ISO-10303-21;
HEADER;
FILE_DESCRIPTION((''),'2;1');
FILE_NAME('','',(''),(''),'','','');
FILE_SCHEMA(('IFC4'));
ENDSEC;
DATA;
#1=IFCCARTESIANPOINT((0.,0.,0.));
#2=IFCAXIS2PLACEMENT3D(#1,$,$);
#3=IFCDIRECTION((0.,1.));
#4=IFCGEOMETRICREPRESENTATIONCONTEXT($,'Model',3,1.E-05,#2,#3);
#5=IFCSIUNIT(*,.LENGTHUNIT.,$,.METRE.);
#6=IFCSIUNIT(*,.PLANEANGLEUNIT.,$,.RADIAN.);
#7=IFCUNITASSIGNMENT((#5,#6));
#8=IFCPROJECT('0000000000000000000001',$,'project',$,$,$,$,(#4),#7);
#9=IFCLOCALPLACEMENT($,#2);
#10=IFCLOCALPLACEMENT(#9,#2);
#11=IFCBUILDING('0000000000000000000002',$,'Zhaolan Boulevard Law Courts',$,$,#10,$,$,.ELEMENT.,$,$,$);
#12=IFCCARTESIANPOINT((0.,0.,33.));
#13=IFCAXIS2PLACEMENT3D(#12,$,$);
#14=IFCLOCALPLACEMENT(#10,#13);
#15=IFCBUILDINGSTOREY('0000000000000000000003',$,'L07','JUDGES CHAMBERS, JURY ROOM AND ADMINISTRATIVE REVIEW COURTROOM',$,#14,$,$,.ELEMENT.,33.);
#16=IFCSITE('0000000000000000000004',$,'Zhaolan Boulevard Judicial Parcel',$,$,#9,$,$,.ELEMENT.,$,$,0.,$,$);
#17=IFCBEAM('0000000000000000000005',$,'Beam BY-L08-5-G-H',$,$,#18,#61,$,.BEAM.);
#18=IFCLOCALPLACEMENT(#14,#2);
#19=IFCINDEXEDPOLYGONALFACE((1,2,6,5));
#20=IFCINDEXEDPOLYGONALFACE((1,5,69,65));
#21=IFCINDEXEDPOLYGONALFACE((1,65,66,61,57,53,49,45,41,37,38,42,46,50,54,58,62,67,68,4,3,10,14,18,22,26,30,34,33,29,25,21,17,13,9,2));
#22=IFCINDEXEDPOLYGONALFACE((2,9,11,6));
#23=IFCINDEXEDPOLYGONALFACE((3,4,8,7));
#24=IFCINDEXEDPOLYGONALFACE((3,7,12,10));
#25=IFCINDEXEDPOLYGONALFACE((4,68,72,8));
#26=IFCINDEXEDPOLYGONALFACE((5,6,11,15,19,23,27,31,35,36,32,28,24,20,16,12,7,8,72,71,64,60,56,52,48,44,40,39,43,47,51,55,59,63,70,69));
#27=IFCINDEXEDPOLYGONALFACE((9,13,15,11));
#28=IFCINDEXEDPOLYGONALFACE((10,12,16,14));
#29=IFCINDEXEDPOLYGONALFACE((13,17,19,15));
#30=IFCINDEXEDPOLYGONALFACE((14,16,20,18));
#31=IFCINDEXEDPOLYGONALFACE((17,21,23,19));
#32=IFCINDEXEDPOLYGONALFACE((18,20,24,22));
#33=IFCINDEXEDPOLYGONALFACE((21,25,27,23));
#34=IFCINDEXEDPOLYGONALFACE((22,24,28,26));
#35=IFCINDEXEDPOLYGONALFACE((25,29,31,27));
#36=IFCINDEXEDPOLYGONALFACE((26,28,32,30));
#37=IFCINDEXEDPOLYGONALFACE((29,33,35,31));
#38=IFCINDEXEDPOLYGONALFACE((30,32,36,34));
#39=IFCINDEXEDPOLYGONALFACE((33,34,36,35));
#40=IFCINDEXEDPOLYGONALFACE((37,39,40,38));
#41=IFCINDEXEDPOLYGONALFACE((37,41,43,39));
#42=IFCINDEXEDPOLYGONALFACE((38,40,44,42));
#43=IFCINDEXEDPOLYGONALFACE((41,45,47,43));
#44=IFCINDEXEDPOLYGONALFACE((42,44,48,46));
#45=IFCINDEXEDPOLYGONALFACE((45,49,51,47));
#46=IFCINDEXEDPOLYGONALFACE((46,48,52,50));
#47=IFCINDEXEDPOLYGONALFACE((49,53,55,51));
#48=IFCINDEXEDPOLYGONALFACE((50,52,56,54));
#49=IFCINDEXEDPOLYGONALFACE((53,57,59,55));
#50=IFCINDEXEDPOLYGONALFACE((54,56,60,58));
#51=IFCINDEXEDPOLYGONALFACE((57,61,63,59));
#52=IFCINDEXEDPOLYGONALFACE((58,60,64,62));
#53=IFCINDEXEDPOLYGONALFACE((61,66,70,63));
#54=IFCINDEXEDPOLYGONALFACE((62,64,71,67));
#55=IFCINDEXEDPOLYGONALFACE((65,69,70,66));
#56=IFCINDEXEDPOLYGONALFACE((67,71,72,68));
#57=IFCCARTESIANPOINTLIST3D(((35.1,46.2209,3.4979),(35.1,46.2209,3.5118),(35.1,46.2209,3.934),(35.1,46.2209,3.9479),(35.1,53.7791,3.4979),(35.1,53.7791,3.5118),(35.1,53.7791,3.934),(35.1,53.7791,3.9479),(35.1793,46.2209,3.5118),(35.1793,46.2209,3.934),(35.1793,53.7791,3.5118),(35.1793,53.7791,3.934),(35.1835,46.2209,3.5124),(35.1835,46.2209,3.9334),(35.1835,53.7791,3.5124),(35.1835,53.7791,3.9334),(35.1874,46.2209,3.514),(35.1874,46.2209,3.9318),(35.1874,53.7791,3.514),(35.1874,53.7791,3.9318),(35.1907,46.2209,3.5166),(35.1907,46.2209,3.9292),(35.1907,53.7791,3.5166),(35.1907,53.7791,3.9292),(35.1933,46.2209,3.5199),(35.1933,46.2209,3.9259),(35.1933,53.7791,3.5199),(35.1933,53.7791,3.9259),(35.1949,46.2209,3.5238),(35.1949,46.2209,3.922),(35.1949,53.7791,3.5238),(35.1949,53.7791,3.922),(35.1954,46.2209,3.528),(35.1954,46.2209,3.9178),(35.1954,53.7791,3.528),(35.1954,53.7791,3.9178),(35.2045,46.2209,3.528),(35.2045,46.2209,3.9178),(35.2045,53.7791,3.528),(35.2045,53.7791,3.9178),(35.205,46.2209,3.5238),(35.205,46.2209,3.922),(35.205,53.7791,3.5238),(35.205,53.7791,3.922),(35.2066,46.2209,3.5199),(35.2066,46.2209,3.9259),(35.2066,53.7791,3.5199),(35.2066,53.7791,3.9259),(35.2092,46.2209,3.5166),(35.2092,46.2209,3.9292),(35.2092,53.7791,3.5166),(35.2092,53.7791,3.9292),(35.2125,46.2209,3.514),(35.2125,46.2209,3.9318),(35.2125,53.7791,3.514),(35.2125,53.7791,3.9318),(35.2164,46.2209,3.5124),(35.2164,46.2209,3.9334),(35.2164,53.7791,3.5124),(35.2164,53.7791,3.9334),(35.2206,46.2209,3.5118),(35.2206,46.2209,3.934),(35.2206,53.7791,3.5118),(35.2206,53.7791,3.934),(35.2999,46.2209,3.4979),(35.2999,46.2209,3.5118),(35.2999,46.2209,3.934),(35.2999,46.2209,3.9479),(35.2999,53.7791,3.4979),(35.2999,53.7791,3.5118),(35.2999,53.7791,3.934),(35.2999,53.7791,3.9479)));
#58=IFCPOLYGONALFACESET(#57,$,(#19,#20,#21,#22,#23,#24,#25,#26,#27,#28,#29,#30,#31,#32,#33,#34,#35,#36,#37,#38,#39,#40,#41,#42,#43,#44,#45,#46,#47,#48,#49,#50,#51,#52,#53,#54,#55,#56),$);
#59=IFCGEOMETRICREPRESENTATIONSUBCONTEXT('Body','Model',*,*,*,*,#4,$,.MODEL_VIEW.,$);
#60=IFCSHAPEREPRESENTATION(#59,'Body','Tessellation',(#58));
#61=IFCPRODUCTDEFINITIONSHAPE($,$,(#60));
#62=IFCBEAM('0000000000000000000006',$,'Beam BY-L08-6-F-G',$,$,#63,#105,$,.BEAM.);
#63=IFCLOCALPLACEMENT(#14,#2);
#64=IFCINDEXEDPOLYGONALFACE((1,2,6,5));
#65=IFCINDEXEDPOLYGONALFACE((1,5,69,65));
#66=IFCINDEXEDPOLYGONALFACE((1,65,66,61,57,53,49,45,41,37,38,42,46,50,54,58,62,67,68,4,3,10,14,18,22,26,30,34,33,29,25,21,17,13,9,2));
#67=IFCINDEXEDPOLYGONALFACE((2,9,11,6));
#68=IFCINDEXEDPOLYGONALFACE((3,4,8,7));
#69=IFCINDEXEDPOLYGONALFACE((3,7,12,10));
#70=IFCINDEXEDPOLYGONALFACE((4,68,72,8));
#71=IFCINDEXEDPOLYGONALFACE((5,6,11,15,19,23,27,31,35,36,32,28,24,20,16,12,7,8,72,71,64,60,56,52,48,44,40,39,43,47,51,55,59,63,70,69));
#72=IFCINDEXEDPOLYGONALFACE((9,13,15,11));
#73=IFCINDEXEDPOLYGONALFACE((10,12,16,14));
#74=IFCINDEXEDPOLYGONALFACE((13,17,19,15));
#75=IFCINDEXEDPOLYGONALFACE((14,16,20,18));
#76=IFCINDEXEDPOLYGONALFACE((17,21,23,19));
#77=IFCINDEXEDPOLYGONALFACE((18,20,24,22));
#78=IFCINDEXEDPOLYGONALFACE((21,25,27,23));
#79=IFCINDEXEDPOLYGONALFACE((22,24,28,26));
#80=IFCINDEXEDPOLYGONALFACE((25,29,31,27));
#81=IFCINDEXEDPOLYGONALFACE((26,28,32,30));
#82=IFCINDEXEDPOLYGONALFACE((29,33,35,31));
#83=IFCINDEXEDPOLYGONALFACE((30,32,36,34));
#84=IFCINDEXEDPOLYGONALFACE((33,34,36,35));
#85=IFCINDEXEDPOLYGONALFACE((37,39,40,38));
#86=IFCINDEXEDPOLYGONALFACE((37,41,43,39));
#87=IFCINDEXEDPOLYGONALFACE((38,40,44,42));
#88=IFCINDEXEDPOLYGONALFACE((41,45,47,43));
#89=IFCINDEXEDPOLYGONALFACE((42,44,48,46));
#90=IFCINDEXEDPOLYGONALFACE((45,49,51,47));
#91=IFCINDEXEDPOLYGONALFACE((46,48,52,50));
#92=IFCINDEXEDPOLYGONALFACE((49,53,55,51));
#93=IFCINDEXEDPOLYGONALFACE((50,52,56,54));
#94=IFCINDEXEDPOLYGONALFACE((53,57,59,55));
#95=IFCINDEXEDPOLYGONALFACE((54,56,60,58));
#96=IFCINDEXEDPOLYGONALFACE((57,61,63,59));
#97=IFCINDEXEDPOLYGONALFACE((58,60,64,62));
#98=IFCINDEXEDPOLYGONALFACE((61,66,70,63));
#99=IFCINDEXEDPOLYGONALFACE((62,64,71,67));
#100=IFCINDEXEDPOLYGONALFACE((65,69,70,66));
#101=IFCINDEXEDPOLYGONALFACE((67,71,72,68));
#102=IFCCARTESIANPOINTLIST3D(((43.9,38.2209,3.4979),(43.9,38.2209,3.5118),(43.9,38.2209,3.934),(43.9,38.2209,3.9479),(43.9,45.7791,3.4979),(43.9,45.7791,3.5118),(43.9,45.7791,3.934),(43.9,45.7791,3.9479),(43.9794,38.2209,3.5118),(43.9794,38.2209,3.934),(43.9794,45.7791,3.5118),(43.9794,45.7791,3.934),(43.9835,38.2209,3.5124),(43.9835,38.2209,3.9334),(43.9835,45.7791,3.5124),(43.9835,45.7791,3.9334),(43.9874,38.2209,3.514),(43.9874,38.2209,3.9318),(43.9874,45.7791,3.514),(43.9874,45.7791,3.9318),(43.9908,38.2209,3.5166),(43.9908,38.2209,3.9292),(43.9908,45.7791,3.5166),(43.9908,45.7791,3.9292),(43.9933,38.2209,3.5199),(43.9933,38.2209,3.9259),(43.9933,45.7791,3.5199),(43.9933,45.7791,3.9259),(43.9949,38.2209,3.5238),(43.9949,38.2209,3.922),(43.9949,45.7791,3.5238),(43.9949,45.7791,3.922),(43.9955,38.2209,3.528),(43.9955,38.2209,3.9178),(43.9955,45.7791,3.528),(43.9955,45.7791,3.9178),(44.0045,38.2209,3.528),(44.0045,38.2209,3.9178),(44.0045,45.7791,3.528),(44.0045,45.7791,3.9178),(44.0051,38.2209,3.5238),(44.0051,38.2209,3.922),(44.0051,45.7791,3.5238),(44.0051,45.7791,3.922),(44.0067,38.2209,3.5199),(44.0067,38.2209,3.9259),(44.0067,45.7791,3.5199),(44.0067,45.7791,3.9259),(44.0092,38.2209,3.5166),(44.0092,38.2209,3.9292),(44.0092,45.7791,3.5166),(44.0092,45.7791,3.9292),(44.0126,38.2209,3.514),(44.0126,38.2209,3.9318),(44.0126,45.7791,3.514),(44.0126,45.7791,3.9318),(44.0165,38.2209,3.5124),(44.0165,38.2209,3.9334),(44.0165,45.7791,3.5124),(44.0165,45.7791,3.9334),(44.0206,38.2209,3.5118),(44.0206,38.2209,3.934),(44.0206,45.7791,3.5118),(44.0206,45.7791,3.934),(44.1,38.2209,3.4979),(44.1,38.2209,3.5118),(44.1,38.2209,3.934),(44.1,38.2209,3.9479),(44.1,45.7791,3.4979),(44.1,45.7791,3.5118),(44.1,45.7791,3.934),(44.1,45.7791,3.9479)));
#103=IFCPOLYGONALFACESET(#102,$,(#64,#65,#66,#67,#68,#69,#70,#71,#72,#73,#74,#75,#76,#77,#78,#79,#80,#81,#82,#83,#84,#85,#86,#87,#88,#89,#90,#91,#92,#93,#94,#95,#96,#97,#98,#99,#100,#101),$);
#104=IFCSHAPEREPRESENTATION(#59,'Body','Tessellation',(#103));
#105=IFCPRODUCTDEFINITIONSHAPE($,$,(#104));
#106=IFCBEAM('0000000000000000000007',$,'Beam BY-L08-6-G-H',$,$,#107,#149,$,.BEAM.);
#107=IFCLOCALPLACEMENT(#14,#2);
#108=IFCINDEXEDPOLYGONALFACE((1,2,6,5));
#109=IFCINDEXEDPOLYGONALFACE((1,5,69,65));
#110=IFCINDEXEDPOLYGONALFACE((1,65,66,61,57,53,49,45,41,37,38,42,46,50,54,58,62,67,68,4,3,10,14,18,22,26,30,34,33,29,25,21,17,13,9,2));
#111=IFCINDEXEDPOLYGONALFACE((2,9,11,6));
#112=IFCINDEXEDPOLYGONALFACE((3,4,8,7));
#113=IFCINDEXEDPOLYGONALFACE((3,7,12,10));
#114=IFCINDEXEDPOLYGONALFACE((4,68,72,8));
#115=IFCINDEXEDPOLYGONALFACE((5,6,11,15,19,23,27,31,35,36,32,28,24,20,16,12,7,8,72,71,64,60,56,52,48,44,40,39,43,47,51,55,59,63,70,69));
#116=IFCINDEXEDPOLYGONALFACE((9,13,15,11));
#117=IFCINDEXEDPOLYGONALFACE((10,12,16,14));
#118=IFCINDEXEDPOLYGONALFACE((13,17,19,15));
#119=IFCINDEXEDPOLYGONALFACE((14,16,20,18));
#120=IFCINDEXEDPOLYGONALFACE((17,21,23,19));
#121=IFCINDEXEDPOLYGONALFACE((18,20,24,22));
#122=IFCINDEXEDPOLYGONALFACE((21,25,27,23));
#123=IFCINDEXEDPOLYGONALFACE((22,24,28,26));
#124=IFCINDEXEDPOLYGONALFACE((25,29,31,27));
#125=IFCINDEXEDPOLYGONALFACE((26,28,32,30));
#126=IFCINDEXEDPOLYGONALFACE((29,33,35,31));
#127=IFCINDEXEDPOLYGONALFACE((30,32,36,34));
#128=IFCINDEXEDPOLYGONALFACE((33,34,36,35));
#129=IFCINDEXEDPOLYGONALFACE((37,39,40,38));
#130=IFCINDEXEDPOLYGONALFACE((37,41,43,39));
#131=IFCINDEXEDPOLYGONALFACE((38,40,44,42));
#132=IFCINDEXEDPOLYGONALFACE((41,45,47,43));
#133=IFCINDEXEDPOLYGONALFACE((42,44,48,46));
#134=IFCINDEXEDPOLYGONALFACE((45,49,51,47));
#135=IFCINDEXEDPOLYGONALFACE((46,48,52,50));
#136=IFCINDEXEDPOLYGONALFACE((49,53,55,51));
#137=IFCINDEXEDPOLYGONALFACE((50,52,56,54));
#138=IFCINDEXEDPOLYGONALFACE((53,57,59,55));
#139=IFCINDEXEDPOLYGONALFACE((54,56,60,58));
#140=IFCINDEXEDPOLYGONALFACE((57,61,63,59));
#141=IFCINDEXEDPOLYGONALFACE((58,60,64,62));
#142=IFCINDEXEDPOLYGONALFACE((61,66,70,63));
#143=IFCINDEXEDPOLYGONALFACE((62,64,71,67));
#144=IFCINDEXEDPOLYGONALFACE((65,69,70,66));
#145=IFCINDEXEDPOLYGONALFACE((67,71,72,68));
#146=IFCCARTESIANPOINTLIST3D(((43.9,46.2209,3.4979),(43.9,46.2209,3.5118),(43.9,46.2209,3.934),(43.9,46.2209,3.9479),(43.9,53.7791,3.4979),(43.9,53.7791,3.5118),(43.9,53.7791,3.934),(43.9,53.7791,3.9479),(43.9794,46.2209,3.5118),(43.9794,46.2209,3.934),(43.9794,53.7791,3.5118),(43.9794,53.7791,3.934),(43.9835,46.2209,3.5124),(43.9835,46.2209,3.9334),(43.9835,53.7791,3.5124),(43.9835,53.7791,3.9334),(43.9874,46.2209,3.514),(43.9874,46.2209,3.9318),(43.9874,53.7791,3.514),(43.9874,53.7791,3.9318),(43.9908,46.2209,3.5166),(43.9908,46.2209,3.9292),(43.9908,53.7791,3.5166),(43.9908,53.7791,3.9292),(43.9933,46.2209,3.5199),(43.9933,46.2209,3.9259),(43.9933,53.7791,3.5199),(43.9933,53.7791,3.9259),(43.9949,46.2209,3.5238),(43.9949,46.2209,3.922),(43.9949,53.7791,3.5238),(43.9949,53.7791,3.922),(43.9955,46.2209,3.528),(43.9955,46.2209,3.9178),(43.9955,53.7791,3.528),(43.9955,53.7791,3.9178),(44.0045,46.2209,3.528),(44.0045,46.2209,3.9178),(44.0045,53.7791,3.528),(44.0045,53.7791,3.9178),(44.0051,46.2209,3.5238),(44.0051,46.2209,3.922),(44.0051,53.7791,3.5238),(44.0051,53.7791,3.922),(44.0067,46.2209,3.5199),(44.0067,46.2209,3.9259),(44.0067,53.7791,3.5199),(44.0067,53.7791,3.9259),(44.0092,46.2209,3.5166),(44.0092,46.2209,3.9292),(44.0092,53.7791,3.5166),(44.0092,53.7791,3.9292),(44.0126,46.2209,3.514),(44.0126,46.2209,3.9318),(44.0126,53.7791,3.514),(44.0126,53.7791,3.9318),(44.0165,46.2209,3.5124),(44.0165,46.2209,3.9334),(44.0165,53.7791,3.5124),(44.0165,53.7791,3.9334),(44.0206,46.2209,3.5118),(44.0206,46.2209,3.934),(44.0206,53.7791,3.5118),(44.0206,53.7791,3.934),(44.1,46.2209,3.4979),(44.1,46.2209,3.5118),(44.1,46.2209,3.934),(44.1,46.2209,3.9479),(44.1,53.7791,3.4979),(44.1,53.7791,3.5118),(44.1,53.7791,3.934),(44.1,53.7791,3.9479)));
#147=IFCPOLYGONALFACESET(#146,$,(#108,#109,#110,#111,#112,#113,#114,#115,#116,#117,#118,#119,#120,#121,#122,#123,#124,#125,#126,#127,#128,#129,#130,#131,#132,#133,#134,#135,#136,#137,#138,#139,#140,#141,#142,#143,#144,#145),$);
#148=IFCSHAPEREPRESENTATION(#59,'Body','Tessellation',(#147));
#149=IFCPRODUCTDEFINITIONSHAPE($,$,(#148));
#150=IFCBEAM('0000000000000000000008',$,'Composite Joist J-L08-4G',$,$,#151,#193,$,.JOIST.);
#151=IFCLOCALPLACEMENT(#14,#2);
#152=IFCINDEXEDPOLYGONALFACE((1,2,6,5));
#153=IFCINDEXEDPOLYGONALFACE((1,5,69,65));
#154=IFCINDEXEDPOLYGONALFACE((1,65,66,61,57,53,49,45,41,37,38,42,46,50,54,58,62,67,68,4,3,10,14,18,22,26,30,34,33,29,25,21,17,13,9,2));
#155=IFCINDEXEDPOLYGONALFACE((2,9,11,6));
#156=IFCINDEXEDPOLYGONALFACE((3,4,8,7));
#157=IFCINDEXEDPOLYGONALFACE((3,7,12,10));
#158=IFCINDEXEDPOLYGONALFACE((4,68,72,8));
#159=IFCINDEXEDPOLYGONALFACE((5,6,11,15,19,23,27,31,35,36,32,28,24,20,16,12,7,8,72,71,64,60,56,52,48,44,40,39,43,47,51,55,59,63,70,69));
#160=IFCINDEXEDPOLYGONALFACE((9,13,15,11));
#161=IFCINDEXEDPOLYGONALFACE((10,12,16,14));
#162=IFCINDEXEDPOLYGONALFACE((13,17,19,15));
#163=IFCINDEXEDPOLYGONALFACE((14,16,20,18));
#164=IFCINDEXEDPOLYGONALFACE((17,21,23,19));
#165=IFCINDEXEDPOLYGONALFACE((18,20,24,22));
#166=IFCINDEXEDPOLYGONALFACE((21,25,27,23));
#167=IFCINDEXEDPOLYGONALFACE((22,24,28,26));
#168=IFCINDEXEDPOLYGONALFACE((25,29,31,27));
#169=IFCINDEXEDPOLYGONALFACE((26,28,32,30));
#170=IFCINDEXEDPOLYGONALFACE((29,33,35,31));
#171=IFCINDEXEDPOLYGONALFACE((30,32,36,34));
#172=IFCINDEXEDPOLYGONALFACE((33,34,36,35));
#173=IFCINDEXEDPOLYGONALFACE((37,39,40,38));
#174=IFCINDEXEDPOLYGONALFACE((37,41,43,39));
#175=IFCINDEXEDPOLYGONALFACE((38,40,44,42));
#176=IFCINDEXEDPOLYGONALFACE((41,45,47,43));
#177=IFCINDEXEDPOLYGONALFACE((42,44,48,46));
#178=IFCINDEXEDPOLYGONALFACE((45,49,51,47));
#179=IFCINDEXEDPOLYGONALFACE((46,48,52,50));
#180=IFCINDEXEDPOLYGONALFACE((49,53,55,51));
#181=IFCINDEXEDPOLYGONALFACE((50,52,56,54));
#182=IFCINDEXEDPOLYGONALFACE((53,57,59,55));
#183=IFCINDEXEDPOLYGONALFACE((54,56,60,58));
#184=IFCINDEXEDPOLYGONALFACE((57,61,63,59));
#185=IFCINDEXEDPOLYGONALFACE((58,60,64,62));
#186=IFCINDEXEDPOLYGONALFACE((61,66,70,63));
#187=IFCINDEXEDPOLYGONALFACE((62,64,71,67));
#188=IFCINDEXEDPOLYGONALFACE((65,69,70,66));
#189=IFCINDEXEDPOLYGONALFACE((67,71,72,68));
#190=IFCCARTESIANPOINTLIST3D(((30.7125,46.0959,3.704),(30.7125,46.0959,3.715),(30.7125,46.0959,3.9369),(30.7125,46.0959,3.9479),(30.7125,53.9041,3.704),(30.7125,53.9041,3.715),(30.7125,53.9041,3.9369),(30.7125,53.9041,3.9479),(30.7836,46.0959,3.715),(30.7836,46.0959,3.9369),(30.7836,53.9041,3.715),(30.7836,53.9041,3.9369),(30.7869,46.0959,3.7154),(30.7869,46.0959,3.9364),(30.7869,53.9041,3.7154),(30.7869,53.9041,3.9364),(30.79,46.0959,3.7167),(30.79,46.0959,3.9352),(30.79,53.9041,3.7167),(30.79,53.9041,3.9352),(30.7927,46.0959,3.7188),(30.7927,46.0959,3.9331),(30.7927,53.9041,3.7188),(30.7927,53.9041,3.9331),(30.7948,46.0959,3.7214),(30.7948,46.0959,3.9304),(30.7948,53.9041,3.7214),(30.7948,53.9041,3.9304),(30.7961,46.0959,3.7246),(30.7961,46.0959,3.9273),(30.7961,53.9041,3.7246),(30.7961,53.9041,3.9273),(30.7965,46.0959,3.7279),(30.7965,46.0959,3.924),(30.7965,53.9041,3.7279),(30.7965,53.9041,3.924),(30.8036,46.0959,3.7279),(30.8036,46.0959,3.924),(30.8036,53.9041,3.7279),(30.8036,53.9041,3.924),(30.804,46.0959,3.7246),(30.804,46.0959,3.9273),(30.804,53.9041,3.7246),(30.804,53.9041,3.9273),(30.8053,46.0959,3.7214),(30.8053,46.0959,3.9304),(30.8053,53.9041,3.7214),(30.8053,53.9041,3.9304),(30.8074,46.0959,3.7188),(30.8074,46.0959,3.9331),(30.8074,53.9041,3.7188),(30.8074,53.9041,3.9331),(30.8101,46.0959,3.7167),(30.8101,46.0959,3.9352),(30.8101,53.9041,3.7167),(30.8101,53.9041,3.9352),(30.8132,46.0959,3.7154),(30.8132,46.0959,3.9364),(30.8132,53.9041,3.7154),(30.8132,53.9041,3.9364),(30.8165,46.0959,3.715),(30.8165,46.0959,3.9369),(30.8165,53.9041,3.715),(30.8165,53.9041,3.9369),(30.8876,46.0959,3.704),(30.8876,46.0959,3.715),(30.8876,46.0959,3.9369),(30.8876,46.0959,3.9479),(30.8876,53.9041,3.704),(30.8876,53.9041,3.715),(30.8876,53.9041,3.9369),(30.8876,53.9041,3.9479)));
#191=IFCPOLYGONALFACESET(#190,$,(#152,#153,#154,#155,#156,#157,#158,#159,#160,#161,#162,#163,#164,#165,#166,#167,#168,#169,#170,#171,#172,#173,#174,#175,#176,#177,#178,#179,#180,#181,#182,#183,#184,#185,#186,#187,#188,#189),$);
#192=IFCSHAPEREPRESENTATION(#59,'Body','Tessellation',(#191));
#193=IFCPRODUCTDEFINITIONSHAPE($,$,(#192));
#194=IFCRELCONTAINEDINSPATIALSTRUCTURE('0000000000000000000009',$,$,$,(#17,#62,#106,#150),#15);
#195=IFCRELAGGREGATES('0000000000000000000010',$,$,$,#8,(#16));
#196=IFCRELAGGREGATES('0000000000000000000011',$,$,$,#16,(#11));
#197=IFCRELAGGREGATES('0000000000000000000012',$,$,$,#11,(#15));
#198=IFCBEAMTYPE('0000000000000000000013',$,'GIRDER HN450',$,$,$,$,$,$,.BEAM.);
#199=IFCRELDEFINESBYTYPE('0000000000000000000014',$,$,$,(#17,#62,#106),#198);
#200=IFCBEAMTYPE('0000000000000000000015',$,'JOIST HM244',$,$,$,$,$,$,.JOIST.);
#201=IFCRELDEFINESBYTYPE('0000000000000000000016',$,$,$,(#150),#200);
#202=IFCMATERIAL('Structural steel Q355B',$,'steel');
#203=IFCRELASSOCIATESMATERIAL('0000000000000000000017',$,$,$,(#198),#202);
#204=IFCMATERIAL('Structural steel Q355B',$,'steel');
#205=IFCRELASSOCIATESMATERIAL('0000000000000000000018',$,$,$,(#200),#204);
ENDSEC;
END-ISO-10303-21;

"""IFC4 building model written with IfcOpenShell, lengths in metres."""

from ifc_helpers import new_model, si_unit, direction, frame, origin, origin_2d, place, context, subcontext, project, spatial, i_section, extrude, material, material_profile, profile_set, type_object, element, save


model = new_model("IFC4")

# Units and contexts
model_context = context("Model", 3, precision=1e-05, world=origin(), true_north=direction((0.0, 1.0)))
body_context = subcontext(model_context, "Body", "Model", "MODEL_VIEW")
ifc_project = project(units=[si_unit("LENGTHUNIT", "METRE"), si_unit("PLANEANGLEUNIT", "RADIAN")], contexts=[model_context])

# Site, building, storey
site_placement = place(None, origin())
site = spatial("IfcSite", under=ifc_project, at=site_placement, Name="Zhaolan Boulevard Judicial Parcel", CompositionType="ELEMENT", RefElevation=0.0)
building_placement = place(site_placement, origin())
building = spatial("IfcBuilding", under=site, at=building_placement, Name="Zhaolan Boulevard Law Courts", CompositionType="ELEMENT")
storey_placement = place(building_placement, frame((0.0, 0.0, 33.0)))
storey = spatial("IfcBuildingStorey", under=building, at=storey_placement, Name="L07", Description="JUDGES CHAMBERS, JURY ROOM AND ADMINISTRATIVE REVIEW COURTROOM", CompositionType="ELEMENT", Elevation=33.0)

# Beams
ifc_material_1 = material(Name="Structural steel Q355B", Category="steel")
ifc_material_profile_1 = material_profile(ifc_material_1, i_section(OverallWidth=0.2, OverallDepth=0.45, WebThickness=0.009, FlangeThickness=0.0139, FilletRadius=0.0161, at=origin_2d()), Name="HN450x200")
ifc_profile_set_1 = profile_set([ifc_material_profile_1], Name="Structural steel Q355B")
beam_type_1 = type_object("IfcBeamType", Name="GIRDER HN450", PredefinedType="BEAM", material=ifc_profile_set_1)
for number, where, z_axis, x_axis, name in (
    (1, (35.2, 46.2209, 3.7229), (0.0, 1.0, 0.0), (-1.0, 0.0, 0.0), "Beam BY-L08-5-G-H"),
    (2, (44.0, 38.2209, 3.7229), (0.0, 1.0, 0.0), (-1.0, 0.0, 0.0), "Beam BY-L08-6-F-G"),
    (3, (44.0, 46.2209, 3.7229), (0.0, 1.0, 0.0), (-1.0, 0.0, 0.0), "Beam BY-L08-6-G-H"),
):
    element("IfcBeam", number, at=place(storey_placement, frame(where, z_axis=z_axis, x_axis=x_axis)), inside=storey, type_object=beam_type_1, Name=name, PredefinedType="BEAM", context=body_context, shape_type="SweptSolid", body=[
        extrude(i_section(OverallWidth=0.2, OverallDepth=0.45, WebThickness=0.009, FlangeThickness=0.0139, FilletRadius=0.0161, at=origin_2d()), origin(), (0.0, 0.0, 1.0), 7.5581),
    ])
ifc_material_2 = material(Name="Structural steel Q355B", Category="steel")
ifc_material_profile_2 = material_profile(ifc_material_2, i_section(OverallWidth=0.175, OverallDepth=0.2439, WebThickness=0.0071, FlangeThickness=0.011, FilletRadius=0.0129, at=origin_2d()), Name="HM244x175")
ifc_profile_set_2 = profile_set([ifc_material_profile_2], Name="Structural steel Q355B")
beam_type_2 = type_object("IfcBeamType", Name="JOIST HM244", PredefinedType="JOIST", material=ifc_profile_set_2)
for number, where, z_axis, x_axis, name in (
    (4, (30.8, 46.0959, 3.8259), (0.0, 1.0, 0.0), (-1.0, 0.0, 0.0), "Composite Joist J-L08-4G"),
):
    element("IfcBeam", number, at=place(storey_placement, frame(where, z_axis=z_axis, x_axis=x_axis)), inside=storey, type_object=beam_type_2, Name=name, PredefinedType="JOIST", context=body_context, shape_type="SweptSolid", body=[
        extrude(i_section(OverallWidth=0.175, OverallDepth=0.2439, WebThickness=0.0071, FlangeThickness=0.011, FilletRadius=0.0129, at=origin_2d()), origin(), (0.0, 0.0, 1.0), 7.8081),
    ])

save(model, "model.ifc")
